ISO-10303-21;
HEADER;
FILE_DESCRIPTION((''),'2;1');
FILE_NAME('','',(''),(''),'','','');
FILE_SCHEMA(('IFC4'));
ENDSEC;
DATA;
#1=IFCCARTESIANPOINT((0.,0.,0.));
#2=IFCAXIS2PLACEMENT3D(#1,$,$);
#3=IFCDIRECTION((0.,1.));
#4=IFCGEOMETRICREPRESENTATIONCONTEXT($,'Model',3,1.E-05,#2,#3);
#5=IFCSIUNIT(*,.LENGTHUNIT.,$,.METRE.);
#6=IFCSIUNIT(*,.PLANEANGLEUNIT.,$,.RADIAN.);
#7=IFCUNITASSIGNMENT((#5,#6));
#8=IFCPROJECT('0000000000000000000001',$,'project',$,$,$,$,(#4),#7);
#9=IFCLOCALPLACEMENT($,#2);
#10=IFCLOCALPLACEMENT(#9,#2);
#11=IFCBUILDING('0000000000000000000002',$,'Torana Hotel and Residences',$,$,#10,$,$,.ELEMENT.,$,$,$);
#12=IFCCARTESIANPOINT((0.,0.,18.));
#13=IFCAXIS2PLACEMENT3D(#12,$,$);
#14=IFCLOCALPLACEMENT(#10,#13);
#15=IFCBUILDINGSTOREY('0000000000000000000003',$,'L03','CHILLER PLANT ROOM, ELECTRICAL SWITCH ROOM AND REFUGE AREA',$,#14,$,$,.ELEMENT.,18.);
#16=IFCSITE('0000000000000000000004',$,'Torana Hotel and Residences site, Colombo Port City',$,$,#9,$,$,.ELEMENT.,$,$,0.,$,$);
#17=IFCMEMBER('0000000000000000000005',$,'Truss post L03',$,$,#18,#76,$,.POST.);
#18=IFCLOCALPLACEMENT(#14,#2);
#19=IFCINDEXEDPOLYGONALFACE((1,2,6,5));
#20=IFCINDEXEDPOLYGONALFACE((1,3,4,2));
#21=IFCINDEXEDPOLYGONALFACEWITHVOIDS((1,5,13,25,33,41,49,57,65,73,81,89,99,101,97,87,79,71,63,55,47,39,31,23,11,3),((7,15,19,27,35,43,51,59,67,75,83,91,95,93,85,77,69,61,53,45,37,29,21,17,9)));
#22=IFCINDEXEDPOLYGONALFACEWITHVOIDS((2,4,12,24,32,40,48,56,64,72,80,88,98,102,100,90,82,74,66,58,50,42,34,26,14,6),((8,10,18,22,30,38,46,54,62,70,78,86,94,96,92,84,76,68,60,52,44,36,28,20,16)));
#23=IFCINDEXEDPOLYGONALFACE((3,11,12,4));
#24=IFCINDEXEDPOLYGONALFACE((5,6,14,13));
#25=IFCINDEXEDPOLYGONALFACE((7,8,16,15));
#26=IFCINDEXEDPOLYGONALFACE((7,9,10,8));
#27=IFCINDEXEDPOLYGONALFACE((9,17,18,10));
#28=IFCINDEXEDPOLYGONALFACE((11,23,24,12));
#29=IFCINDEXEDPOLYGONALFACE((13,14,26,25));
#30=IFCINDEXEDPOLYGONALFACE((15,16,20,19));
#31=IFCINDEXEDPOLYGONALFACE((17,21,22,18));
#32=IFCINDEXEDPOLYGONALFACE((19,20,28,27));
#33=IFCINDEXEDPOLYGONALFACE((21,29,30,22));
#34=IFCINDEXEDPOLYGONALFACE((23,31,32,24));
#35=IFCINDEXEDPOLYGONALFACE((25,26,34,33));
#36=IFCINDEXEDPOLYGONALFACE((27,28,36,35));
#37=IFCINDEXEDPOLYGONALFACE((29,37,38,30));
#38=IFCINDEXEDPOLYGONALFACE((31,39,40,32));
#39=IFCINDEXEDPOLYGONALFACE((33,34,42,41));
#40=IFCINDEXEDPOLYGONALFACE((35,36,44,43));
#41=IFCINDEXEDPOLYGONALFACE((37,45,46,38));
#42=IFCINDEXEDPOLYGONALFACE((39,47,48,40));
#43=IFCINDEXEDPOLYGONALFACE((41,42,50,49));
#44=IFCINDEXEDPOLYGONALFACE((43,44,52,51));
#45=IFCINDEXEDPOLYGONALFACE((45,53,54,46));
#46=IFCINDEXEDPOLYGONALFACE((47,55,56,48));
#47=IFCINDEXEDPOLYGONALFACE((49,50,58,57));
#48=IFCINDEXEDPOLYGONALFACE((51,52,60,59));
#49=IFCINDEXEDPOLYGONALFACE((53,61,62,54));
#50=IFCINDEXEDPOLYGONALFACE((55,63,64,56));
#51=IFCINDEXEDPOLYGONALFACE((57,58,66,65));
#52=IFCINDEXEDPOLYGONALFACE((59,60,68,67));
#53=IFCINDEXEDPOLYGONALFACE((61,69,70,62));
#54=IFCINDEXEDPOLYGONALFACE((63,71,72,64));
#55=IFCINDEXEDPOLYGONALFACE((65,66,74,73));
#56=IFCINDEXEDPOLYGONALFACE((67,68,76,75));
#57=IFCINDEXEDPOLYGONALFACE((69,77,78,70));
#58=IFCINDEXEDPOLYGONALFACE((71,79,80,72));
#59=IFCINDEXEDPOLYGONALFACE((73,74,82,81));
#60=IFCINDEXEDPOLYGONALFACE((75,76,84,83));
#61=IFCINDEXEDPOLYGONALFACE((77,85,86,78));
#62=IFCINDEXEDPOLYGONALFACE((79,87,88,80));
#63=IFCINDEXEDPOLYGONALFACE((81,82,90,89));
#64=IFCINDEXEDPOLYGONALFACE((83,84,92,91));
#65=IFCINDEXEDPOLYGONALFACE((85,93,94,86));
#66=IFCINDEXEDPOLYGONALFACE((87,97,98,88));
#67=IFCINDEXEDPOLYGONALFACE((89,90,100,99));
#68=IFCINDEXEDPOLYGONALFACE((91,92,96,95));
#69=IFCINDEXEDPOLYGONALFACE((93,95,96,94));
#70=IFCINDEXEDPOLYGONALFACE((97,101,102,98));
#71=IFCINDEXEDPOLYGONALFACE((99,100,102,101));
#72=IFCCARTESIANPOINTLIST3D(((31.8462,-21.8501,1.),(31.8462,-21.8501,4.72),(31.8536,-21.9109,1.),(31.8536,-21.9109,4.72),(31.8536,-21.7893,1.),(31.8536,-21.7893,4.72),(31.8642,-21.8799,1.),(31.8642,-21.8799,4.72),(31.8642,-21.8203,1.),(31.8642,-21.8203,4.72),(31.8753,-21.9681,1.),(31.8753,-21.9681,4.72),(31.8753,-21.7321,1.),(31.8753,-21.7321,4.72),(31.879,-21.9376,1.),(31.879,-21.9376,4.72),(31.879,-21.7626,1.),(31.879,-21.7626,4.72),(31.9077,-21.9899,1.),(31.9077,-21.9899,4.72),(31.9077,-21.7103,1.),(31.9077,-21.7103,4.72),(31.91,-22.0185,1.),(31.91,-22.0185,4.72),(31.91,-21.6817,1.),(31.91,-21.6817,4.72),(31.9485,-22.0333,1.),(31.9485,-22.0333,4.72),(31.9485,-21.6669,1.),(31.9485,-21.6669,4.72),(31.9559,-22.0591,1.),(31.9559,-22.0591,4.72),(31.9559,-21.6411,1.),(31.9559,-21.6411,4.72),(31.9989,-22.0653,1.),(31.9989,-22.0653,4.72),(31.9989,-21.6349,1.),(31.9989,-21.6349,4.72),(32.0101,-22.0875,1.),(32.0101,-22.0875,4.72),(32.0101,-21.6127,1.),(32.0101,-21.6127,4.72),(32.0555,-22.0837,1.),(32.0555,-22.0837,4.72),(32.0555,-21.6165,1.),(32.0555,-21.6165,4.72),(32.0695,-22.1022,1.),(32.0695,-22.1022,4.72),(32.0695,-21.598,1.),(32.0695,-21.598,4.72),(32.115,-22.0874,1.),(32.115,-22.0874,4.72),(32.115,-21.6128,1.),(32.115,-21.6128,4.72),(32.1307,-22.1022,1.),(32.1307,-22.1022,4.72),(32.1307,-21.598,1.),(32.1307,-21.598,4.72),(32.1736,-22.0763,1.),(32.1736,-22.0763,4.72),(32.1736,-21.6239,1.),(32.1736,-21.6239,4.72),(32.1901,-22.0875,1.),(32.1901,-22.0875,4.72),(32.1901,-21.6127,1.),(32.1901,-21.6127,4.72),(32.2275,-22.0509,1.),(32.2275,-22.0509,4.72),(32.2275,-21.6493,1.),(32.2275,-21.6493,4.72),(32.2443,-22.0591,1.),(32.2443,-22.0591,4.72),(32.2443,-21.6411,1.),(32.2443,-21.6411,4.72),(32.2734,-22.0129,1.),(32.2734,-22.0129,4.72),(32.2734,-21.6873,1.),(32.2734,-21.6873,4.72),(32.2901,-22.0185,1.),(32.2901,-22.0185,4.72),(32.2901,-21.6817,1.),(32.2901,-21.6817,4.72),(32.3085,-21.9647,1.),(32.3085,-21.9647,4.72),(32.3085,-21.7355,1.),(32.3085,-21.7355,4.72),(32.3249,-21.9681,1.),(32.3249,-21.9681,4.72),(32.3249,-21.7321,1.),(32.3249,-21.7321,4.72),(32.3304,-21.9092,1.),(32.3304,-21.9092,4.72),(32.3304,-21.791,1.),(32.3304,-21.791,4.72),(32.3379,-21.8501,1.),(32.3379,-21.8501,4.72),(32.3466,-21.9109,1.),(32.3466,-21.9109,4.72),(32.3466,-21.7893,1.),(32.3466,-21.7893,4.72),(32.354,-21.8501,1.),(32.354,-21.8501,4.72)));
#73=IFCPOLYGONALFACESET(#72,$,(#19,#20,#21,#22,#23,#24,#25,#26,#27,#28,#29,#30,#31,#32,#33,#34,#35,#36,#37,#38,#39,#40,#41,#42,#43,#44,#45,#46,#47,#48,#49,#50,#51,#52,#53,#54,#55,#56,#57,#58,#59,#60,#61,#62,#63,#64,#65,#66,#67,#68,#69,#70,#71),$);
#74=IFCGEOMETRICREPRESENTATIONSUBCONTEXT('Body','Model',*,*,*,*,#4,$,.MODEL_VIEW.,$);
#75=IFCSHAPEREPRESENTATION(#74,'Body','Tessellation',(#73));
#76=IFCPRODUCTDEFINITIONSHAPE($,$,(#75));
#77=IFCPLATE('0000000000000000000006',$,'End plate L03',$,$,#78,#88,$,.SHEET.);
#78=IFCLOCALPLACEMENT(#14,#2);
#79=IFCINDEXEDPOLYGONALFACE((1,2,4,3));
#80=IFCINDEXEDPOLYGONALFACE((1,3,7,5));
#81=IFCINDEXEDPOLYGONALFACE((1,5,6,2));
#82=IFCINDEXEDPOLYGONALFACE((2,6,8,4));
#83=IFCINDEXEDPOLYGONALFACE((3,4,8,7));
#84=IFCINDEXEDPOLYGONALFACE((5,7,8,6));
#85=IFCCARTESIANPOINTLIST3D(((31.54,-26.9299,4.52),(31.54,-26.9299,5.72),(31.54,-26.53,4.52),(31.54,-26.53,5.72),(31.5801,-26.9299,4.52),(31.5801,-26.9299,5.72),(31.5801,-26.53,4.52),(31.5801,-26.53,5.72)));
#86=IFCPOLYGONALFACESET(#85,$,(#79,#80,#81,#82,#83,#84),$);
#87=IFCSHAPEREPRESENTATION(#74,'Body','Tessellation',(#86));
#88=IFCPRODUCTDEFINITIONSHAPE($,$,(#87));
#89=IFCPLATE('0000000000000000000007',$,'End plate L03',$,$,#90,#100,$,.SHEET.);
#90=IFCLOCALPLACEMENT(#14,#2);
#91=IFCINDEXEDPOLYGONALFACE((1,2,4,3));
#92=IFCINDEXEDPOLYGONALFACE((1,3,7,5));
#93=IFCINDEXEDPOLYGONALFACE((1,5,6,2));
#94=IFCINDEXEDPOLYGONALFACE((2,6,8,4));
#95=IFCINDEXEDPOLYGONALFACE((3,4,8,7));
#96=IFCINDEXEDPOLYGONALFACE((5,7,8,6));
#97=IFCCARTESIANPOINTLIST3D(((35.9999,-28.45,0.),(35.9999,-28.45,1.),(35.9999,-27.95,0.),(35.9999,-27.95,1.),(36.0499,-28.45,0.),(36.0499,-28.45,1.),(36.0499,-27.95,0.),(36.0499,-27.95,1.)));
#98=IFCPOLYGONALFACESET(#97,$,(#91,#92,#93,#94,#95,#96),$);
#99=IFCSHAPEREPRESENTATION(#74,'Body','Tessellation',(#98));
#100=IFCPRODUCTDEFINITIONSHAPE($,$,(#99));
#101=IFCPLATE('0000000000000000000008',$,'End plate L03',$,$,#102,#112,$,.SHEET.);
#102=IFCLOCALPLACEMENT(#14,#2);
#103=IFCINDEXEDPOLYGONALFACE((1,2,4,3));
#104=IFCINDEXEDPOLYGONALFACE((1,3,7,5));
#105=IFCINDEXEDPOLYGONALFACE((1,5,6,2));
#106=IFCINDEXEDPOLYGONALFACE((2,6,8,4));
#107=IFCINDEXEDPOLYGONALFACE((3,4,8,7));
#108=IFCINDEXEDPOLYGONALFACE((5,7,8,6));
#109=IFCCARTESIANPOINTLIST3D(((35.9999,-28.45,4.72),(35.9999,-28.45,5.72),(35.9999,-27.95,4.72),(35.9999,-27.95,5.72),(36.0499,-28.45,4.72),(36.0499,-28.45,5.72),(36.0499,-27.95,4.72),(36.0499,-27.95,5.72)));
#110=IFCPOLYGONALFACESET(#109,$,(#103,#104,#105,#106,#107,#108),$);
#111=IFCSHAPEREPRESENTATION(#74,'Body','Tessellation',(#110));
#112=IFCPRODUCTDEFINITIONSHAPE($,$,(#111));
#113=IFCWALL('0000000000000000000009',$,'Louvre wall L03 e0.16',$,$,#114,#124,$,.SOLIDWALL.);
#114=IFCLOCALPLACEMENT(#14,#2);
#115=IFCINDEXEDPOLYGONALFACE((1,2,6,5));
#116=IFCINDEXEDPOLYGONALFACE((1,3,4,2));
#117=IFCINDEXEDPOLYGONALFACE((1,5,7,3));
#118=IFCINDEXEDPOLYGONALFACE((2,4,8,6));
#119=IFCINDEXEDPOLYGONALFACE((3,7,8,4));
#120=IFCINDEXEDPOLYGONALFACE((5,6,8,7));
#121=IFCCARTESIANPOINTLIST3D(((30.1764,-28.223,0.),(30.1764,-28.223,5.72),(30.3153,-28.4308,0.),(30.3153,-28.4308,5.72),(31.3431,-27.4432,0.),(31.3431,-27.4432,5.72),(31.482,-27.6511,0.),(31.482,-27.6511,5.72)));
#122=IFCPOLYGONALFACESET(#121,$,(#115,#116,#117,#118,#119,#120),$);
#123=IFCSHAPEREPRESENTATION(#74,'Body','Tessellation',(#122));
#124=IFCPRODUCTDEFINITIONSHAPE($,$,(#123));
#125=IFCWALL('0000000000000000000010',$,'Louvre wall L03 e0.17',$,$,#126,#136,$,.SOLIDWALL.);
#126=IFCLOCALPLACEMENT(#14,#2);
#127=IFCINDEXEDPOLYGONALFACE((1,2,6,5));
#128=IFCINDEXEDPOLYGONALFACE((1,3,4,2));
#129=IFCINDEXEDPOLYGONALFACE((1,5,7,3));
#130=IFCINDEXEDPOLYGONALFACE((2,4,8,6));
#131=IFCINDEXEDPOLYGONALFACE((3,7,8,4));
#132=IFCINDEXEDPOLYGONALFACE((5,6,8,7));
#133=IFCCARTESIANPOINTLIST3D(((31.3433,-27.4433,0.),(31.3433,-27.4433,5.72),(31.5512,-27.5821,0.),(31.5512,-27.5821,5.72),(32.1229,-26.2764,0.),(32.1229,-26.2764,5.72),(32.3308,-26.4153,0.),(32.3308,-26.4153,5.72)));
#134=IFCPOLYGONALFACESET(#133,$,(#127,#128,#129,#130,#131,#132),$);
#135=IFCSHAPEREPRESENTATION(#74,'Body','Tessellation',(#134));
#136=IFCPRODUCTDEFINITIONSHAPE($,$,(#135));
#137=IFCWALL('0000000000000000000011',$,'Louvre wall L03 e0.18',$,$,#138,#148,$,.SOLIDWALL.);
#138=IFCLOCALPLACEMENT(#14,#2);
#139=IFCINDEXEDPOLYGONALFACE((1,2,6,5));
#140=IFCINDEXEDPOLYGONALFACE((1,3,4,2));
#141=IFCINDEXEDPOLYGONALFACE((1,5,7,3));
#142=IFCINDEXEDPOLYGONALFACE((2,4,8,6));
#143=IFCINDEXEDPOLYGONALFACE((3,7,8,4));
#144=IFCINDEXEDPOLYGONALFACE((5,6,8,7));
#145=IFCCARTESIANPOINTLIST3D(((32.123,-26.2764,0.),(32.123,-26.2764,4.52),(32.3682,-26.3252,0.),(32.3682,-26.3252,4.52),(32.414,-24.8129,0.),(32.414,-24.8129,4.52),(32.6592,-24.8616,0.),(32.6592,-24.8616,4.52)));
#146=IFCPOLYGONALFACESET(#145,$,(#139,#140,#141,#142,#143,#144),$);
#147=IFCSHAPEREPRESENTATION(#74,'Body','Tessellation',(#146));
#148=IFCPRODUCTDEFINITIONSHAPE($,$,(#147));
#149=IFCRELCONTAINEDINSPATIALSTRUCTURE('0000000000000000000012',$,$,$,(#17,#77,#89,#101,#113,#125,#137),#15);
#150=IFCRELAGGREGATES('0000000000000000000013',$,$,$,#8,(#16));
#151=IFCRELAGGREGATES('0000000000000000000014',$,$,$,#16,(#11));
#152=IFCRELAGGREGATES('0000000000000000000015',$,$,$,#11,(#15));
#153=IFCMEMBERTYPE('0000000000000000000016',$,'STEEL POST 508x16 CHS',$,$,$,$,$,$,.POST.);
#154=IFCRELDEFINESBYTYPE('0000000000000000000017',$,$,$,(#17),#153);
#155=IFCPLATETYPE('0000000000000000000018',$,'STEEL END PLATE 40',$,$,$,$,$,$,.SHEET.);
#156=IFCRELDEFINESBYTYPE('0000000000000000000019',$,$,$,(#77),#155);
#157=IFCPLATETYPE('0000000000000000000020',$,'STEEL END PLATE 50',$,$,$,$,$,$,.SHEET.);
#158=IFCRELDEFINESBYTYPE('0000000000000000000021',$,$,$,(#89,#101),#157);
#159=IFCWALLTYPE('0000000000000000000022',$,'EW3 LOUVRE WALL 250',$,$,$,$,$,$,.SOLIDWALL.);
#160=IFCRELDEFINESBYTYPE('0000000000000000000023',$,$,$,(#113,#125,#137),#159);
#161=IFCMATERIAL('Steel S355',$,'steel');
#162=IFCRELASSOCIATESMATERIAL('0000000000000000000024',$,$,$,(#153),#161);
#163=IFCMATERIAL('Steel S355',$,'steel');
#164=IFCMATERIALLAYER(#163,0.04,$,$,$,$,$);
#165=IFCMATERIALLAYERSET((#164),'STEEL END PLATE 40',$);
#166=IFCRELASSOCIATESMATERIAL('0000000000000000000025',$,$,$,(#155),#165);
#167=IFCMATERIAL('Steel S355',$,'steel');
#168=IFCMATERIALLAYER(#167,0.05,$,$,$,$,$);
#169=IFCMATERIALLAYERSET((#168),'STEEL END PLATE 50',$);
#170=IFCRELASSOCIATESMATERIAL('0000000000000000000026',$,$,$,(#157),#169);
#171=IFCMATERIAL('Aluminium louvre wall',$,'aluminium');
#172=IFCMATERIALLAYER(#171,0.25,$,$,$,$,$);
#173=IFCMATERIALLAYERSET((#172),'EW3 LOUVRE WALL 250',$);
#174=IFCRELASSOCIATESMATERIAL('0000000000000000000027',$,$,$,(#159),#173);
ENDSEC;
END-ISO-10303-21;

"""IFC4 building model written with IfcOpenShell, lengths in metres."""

from ifc_helpers import new_model, si_unit, direction, frame, frame_2d, origin, origin_2d, place, context, subcontext, project, spatial, rectangle, hollow_circle, extrude, material, layer, layer_set, material_profile, profile_set, type_object, element, save


model = new_model("IFC4")

# Units and contexts
model_context = context("Model", 3, precision=1e-05, world=origin(), true_north=direction((0.0, 1.0)))
body_context = subcontext(model_context, "Body", "Model", "MODEL_VIEW")
ifc_project = project(units=[si_unit("LENGTHUNIT", "METRE"), si_unit("PLANEANGLEUNIT", "RADIAN")], contexts=[model_context])

# Site, building, storey
site_placement = place(None, origin())
site = spatial("IfcSite", under=ifc_project, at=site_placement, Name="Torana Hotel and Residences site, Colombo Port City", CompositionType="ELEMENT", RefElevation=0.0)
building_placement = place(site_placement, origin())
building = spatial("IfcBuilding", under=site, at=building_placement, Name="Torana Hotel and Residences", CompositionType="ELEMENT")
storey_placement = place(building_placement, frame((0.0, 0.0, 18.0)))
storey = spatial("IfcBuildingStorey", under=building, at=storey_placement, Name="L03", Description="CHILLER PLANT ROOM, ELECTRICAL SWITCH ROOM AND REFUGE AREA", CompositionType="ELEMENT", Elevation=18.0)

# Member
ifc_material_1 = material(Name="Steel S355", Category="steel")
ifc_material_profile_1 = material_profile(ifc_material_1, hollow_circle(Radius=0.2539, WallThickness=0.0161, at=origin_2d()), Name="508x16 CHS")
ifc_profile_set_1 = profile_set([ifc_material_profile_1], Name="Steel S355")
member_type_1 = type_object("IfcMemberType", Name="STEEL POST 508x16 CHS", PredefinedType="POST", material=ifc_profile_set_1)
for number, where, z_axis, x_axis, name in (
    (1, (32.1001, -21.8501, 1.0), (0.0, 0.0, 1.0), (1.0, 0.0, 0.0), "Truss post L03"),
):
    element("IfcMember", number, at=place(storey_placement, frame(where, z_axis=z_axis, x_axis=x_axis)), inside=storey, type_object=member_type_1, Name=name, PredefinedType="POST", context=body_context, shape_type="SweptSolid", body=[
        extrude(hollow_circle(Radius=0.2539, WallThickness=0.0161, at=origin_2d()), origin(), (0.0, 0.0, 1.0), 3.72),
    ])

# Plates
ifc_material_2 = material(Name="Steel S355", Category="steel")
ifc_layer_1 = layer(ifc_material_2, 0.04)
ifc_layer_set_1 = layer_set([ifc_layer_1], Name="STEEL END PLATE 40")
plate_type_1 = type_object("IfcPlateType", Name="STEEL END PLATE 40", PredefinedType="SHEET", material=ifc_layer_set_1)
plate_placement = place(storey_placement, frame((31.5601, -26.73, 4.52), z_axis=(0.0, 0.0, 1.0), x_axis=(1.0, 0.0, 0.0)))
element("IfcPlate", 2, at=plate_placement, inside=storey, type_object=plate_type_1, Name="End plate L03", PredefinedType="SHEET", context=body_context, shape_type="SweptSolid", body=[
    extrude(rectangle(XDim=0.04, YDim=0.3999, at=origin_2d()), origin(), (0.0, 0.0, 1.0), 1.2),
])
ifc_material_3 = material(Name="Steel S355", Category="steel")
ifc_layer_2 = layer(ifc_material_3, 0.05)
ifc_layer_set_2 = layer_set([ifc_layer_2], Name="STEEL END PLATE 50")
plate_type_2 = type_object("IfcPlateType", Name="STEEL END PLATE 50", PredefinedType="SHEET", material=ifc_layer_set_2)
for number, where, z_axis, x_axis, name in (
    (3, (36.0249, -28.2, 0.0), (0.0, 0.0, 1.0), (1.0, 0.0, 0.0), "End plate L03"),
    (4, (36.0249, -28.2, 4.72), (0.0, 0.0, 1.0), (1.0, 0.0, 0.0), "End plate L03"),
):
    element("IfcPlate", number, at=place(storey_placement, frame(where, z_axis=z_axis, x_axis=x_axis)), inside=storey, type_object=plate_type_2, Name=name, PredefinedType="SHEET", context=body_context, shape_type="SweptSolid", body=[
        extrude(rectangle(XDim=0.05, YDim=0.5, at=origin_2d()), origin(), (0.0, 0.0, 1.0), 1.0),
    ])

# Walls
ifc_material_4 = material(Name="Aluminium louvre wall", Category="aluminium")
ifc_layer_3 = layer(ifc_material_4, 0.25)
ifc_layer_set_3 = layer_set([ifc_layer_3], Name="EW3 LOUVRE WALL 250")
wall_type_1 = type_object("IfcWallType", Name="EW3 LOUVRE WALL 250", PredefinedType="SOLIDWALL", material=ifc_layer_set_3)
for number, where, z_axis, x_axis, name in (
    (5, (30.2458, -28.3269, 0.0), (0.0, 0.0, 1.0), (0.831407, 0.555663, 0.0), "Louvre wall L03 e0.16"),
    (6, (31.4473, -27.5127, 0.0), (0.0, 0.0, 1.0), (0.555543, 0.831488, 0.0), "Louvre wall L03 e0.17"),
):
    element("IfcWall", number, at=place(storey_placement, frame(where, z_axis=z_axis, x_axis=x_axis)), inside=storey, type_object=wall_type_1, Name=name, PredefinedType="SOLIDWALL", context=body_context, shape_type="SweptSolid", body=[
        extrude(rectangle(XDim=1.4033, YDim=0.25, at=frame_2d((0.7017, 0.0))), origin(), (0.0, 0.0, 1.0), 5.72),
    ])
wall_1_placement = place(storey_placement, frame((32.2456, -26.3008, 0.0), z_axis=(0.0, 0.0, 1.0), x_axis=(0.195015, 0.9808, 0.0)))
element("IfcWall", 7, at=wall_1_placement, inside=storey, type_object=wall_type_1, Name="Louvre wall L03 e0.18", PredefinedType="SOLIDWALL", context=body_context, shape_type="SweptSolid", body=[
    extrude(rectangle(XDim=1.4922, YDim=0.25, at=frame_2d((0.7461, 0.0))), origin(), (0.0, 0.0, 1.0), 4.52),
])

save(model, "model.ifc")
